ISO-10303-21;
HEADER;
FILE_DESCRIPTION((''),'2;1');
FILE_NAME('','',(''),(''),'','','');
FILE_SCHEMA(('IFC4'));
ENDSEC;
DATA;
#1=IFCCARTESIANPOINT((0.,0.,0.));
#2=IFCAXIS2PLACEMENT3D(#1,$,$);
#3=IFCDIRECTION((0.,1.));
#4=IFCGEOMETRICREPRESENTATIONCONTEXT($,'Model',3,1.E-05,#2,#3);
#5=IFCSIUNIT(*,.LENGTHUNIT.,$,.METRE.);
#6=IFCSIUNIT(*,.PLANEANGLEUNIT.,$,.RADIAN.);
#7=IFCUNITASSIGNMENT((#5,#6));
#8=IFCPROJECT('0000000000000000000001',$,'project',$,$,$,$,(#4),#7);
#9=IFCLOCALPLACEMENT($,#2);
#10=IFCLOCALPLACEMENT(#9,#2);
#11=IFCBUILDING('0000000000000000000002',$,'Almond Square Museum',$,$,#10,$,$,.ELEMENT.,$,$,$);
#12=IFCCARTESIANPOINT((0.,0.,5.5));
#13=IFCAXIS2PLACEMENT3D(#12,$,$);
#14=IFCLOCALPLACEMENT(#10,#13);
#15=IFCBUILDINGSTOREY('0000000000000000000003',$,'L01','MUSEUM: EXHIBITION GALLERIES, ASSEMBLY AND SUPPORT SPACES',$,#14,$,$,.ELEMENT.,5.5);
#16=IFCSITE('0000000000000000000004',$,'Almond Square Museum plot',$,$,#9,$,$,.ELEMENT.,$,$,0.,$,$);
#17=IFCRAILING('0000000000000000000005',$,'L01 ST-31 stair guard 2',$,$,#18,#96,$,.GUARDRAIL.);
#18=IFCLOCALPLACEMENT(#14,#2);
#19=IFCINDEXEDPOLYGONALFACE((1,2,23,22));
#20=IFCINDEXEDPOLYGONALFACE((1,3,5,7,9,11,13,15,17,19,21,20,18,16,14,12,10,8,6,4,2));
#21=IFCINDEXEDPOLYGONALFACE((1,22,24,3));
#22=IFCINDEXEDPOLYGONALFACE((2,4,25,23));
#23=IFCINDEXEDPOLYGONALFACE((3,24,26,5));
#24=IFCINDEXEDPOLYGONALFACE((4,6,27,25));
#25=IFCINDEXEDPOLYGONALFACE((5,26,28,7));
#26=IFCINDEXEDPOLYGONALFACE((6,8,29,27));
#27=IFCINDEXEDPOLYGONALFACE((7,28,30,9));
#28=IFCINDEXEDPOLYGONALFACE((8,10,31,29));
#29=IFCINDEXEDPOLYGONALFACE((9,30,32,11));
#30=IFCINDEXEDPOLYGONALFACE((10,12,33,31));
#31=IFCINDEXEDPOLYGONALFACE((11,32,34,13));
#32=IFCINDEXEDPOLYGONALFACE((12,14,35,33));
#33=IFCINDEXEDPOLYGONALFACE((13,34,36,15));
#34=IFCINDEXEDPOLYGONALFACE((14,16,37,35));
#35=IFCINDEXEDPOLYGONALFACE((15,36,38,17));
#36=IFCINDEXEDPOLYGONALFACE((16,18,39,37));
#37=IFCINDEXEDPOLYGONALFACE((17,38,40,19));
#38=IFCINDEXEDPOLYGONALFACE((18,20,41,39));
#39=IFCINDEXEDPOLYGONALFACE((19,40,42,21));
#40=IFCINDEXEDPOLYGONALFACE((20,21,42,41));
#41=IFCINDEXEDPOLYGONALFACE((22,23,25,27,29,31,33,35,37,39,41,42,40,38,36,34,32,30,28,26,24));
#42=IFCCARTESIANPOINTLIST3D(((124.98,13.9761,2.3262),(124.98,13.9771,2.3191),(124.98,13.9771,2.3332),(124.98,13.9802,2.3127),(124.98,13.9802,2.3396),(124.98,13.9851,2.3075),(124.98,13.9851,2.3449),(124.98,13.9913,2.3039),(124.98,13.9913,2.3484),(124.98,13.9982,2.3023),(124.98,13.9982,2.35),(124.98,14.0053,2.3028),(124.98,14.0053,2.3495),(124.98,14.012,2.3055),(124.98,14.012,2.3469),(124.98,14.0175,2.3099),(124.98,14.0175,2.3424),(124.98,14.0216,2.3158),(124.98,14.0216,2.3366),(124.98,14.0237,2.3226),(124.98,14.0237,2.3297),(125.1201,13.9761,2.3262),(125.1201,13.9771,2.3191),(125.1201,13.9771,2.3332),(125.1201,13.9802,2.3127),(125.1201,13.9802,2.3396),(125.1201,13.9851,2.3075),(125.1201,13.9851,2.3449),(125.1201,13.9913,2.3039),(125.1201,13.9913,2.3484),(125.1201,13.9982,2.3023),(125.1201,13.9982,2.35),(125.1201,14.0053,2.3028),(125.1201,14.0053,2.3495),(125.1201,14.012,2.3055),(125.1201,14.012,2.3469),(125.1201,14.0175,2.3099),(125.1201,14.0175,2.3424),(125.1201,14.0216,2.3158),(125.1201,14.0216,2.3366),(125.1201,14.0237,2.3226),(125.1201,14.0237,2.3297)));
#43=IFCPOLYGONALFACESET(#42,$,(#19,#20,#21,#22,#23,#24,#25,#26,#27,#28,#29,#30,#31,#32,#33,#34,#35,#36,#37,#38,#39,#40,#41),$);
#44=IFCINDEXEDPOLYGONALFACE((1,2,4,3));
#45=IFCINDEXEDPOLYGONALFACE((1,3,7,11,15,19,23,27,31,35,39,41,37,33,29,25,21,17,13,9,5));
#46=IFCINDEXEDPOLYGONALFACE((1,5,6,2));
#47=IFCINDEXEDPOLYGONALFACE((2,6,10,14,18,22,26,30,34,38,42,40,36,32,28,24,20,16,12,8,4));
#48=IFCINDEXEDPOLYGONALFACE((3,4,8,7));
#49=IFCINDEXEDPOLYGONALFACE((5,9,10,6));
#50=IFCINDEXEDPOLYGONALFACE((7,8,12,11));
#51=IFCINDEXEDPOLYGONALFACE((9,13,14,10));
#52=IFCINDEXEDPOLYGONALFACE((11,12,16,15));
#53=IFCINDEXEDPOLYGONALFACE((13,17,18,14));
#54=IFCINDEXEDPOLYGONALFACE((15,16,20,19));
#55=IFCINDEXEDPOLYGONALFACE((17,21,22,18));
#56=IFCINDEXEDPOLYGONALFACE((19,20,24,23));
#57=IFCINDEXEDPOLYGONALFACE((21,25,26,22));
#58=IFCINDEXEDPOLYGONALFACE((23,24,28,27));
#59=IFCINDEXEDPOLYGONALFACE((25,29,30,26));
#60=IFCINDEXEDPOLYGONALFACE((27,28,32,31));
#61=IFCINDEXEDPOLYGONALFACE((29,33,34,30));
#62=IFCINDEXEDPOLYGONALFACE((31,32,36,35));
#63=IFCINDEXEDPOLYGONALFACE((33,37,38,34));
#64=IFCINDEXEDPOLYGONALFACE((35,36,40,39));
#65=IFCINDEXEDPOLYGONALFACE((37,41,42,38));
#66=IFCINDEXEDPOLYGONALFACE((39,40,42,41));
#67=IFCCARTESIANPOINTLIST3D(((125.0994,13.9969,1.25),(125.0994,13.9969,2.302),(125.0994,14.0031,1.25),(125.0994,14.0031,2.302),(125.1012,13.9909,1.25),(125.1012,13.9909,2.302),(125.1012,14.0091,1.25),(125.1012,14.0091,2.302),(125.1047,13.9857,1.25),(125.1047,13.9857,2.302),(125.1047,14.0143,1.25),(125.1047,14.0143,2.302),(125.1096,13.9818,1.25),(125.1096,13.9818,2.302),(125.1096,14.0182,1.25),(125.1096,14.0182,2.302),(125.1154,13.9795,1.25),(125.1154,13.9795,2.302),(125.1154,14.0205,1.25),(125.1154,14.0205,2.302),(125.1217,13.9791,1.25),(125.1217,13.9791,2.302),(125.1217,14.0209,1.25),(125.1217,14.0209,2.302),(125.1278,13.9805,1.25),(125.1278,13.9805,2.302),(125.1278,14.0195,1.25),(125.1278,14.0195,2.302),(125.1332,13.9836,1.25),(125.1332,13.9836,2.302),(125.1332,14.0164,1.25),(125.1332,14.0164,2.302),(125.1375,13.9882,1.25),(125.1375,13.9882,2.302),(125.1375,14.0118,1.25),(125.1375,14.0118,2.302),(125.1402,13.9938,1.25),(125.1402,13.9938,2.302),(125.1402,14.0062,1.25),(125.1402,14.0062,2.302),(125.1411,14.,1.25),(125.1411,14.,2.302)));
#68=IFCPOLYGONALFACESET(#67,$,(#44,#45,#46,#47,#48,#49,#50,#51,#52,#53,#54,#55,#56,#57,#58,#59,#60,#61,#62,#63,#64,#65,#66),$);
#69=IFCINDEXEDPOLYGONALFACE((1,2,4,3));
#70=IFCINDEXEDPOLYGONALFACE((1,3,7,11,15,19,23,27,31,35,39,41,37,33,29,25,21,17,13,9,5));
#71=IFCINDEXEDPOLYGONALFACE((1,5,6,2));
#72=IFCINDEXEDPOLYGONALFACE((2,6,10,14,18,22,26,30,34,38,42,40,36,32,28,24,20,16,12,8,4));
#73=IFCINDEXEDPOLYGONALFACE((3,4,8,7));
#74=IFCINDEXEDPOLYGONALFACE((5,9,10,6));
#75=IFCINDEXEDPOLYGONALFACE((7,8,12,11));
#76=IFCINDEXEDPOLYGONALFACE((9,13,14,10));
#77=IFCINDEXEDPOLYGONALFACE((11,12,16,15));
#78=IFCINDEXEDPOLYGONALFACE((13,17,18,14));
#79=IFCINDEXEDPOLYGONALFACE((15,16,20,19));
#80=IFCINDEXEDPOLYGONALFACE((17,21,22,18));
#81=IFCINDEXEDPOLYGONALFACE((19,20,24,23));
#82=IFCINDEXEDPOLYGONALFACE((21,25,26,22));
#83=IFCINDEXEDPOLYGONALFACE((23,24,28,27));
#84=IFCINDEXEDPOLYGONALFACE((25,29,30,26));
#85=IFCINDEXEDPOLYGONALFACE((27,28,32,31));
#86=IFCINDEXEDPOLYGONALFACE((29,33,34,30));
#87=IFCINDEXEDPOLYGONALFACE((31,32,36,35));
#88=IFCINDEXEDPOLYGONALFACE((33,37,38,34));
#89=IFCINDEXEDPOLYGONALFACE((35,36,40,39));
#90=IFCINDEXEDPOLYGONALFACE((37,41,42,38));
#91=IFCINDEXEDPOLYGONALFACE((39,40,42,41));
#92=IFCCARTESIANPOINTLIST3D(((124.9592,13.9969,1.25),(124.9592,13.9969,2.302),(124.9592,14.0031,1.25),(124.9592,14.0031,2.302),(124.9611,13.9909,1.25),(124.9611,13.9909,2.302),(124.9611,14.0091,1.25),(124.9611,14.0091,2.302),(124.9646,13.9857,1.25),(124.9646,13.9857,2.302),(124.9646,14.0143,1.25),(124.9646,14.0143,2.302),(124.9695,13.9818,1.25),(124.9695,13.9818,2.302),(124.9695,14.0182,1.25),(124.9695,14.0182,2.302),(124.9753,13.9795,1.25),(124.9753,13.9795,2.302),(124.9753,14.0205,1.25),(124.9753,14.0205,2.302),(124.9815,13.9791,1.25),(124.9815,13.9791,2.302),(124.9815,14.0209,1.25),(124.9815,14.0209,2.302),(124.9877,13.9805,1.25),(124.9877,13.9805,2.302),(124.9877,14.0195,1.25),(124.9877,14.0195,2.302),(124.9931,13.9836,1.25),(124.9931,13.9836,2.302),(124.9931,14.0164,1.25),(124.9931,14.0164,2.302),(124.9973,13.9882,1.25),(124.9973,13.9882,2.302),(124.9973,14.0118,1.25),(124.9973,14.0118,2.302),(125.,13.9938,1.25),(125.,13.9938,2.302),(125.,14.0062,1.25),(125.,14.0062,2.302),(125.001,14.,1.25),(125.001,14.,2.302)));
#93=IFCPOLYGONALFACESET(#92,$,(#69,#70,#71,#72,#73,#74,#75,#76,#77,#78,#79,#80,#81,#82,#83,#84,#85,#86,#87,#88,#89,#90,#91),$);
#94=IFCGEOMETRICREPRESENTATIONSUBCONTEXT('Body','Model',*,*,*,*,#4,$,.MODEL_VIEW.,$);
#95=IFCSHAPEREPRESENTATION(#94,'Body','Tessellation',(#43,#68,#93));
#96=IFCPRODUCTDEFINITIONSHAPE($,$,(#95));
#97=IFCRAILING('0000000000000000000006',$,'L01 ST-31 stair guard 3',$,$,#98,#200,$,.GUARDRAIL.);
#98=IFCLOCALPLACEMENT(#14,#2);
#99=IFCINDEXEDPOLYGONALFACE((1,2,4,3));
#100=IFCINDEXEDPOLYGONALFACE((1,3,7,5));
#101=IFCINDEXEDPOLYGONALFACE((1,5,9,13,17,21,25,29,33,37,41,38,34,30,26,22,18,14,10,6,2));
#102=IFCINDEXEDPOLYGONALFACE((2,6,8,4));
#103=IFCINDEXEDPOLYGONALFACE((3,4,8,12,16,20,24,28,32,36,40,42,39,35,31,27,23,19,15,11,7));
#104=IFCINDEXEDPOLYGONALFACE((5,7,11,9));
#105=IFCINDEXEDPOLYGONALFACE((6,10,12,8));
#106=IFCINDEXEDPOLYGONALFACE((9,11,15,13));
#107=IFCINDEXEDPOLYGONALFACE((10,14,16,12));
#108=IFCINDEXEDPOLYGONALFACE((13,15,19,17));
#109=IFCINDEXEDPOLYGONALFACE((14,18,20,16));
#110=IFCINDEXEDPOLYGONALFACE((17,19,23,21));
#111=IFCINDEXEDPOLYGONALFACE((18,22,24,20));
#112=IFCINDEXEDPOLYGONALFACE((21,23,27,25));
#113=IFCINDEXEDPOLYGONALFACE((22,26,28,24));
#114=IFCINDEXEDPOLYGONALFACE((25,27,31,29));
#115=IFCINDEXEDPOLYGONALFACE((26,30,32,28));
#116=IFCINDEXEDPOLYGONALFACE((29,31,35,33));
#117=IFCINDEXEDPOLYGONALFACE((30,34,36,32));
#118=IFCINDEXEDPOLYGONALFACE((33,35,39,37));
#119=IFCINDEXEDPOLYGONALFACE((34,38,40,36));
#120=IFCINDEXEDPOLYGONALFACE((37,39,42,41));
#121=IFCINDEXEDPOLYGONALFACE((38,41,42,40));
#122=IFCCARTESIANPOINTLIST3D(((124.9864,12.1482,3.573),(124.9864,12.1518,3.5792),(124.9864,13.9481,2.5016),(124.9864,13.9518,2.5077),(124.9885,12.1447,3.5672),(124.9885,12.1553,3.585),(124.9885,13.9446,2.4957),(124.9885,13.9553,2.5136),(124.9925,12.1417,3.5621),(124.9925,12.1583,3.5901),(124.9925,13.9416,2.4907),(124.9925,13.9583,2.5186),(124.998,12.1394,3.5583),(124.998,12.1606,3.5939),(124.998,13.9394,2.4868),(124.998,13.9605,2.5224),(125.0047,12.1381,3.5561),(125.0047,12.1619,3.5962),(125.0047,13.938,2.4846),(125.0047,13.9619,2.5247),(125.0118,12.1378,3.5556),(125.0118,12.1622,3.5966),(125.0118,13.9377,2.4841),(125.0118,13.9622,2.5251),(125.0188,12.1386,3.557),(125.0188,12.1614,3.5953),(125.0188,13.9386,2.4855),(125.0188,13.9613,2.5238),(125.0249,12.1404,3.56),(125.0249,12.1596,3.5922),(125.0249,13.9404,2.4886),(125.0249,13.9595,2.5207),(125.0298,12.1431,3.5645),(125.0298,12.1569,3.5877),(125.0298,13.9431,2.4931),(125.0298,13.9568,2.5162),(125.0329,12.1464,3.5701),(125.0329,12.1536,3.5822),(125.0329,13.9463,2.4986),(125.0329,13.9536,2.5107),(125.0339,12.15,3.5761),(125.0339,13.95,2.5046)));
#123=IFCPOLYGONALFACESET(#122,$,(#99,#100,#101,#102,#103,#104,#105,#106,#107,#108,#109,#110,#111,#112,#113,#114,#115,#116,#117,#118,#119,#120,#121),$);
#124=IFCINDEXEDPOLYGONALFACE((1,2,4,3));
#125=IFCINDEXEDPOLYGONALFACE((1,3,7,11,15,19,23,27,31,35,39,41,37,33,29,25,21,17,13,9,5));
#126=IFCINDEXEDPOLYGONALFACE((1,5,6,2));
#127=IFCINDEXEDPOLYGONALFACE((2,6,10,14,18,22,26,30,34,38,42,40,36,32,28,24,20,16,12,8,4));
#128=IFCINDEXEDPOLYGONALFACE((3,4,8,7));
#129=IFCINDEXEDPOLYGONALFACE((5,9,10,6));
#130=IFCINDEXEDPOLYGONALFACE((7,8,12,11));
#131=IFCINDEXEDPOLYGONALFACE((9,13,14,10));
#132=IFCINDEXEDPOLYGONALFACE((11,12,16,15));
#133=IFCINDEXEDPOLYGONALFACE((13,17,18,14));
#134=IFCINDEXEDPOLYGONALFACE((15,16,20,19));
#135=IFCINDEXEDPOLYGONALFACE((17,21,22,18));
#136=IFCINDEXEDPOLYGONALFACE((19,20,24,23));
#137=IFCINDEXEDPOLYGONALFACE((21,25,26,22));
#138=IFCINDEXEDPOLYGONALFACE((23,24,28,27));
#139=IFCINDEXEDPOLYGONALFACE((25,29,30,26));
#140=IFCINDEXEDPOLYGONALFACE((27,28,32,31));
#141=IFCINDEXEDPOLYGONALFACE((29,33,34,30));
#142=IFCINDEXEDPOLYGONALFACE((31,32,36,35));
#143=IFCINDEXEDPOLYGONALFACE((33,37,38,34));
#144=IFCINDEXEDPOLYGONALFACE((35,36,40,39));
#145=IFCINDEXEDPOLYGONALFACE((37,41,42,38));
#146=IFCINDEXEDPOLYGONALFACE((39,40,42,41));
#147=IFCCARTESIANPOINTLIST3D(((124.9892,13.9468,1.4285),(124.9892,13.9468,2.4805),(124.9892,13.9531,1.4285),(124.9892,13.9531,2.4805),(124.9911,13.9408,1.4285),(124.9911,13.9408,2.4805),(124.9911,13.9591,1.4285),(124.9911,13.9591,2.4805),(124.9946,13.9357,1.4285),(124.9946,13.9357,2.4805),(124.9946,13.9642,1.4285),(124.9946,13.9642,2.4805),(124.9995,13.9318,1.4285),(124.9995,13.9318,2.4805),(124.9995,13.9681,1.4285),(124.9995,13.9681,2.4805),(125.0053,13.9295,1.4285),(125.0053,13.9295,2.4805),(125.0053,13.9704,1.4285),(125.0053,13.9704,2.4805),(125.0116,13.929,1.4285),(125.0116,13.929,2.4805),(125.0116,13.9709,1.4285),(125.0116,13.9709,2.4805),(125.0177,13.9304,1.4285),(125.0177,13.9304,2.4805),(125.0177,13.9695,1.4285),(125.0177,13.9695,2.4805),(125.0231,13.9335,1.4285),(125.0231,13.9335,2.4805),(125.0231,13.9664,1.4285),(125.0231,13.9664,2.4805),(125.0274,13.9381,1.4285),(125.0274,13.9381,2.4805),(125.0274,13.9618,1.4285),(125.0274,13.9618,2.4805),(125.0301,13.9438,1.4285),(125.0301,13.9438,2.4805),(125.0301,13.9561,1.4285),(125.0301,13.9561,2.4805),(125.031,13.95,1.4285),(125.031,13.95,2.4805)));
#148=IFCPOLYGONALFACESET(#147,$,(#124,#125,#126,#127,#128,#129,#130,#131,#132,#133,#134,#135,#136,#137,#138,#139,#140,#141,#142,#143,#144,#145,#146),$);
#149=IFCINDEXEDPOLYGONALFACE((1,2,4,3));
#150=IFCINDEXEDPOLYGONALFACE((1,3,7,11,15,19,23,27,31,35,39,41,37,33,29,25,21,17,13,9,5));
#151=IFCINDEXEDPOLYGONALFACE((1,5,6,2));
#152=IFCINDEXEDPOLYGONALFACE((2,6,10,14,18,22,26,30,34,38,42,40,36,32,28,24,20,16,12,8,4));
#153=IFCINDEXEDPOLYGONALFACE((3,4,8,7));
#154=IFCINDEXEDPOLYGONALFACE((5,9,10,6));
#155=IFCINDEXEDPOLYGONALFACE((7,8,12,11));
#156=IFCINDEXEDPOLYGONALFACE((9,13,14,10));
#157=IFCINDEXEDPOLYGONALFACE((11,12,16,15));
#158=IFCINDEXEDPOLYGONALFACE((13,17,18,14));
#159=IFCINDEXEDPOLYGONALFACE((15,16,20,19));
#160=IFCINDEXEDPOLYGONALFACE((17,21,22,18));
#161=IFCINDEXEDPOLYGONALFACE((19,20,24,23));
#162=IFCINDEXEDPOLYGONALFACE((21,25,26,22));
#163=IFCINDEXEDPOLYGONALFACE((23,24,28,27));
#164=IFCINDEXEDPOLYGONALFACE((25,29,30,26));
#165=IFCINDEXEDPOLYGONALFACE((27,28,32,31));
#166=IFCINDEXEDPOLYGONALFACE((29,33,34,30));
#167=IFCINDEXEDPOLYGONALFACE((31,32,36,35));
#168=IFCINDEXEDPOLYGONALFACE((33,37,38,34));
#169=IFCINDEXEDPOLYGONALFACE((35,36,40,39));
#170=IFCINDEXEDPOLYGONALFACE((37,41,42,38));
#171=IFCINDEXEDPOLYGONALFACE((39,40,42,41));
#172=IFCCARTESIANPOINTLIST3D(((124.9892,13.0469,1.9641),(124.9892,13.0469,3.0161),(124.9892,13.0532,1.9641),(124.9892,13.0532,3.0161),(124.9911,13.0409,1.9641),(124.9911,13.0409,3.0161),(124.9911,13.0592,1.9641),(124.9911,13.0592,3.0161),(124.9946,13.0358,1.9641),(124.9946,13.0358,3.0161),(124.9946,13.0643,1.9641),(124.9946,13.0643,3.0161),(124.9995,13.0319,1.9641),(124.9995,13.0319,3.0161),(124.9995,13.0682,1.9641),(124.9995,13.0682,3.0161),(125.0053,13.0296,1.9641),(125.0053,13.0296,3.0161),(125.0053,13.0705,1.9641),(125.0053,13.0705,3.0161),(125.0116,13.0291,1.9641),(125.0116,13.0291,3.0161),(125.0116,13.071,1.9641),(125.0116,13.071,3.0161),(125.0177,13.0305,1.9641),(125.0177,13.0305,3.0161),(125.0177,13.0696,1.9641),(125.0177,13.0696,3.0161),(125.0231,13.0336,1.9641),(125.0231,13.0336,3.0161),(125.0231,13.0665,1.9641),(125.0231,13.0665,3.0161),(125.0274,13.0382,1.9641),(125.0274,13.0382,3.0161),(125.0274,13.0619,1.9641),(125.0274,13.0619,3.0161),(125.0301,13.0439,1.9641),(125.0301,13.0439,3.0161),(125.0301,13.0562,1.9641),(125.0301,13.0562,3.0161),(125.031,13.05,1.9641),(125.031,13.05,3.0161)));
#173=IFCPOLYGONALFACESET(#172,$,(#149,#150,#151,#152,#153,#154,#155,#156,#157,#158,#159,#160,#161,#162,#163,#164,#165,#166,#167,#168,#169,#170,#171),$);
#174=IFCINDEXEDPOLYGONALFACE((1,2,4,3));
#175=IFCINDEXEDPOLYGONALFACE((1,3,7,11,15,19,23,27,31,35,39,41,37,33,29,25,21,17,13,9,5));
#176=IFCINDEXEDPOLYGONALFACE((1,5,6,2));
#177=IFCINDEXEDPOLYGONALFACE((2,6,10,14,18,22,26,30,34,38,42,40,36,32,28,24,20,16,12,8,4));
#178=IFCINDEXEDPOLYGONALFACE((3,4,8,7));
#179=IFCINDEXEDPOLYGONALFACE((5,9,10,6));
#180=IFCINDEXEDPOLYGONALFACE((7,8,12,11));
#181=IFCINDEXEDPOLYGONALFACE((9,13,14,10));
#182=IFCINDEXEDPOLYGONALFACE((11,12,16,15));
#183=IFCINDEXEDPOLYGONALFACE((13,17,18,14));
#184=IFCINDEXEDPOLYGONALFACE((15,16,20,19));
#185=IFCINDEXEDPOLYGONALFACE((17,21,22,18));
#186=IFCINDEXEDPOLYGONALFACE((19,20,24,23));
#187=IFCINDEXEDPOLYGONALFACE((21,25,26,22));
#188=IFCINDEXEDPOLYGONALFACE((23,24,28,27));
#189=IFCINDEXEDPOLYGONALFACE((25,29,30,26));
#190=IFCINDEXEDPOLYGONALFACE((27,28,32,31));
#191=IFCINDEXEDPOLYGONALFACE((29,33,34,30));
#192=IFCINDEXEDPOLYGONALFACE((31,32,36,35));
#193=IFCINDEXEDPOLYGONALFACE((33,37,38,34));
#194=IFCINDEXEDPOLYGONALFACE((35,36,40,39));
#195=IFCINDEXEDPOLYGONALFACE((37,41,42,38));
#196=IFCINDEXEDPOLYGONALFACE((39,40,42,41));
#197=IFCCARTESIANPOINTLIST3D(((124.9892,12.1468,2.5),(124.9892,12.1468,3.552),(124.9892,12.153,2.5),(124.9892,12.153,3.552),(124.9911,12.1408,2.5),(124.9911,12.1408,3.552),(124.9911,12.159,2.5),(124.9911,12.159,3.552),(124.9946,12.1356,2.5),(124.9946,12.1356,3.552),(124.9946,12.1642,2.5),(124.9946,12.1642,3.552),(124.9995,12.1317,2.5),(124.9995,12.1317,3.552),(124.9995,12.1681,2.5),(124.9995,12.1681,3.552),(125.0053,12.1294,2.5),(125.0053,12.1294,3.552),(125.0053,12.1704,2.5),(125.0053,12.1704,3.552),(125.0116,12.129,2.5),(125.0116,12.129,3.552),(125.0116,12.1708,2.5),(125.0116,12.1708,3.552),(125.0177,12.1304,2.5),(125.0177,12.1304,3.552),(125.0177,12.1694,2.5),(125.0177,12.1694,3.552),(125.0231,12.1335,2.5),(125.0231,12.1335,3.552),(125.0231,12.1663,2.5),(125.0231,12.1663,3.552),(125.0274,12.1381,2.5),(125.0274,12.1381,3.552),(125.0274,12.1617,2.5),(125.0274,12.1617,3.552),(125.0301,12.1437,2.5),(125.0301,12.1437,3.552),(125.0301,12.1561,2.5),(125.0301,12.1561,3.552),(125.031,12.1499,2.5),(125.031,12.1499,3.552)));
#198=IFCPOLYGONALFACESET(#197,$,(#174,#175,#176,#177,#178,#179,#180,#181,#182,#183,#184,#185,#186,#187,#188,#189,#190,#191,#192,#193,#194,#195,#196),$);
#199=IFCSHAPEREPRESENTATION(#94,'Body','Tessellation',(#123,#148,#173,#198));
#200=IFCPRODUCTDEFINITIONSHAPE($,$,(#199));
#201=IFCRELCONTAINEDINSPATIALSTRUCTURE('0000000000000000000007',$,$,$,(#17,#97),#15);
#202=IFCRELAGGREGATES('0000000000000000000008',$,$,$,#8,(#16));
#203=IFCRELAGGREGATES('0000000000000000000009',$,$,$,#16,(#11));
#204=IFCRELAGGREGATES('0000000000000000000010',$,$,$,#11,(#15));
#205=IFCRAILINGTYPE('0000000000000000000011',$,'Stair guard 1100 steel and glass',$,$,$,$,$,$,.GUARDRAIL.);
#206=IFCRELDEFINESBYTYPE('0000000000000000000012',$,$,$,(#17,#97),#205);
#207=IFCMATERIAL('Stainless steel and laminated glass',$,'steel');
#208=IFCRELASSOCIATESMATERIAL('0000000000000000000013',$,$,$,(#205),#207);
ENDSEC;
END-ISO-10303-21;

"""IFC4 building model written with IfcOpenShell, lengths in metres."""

from ifc_helpers import new_model, si_unit, direction, frame, origin, origin_2d, place, context, subcontext, project, spatial, circle, extrude, material, type_object, element, save


model = new_model("IFC4")

# Units and contexts
model_context = context("Model", 3, precision=1e-05, world=origin(), true_north=direction((0.0, 1.0)))
body_context = subcontext(model_context, "Body", "Model", "MODEL_VIEW")
ifc_project = project(units=[si_unit("LENGTHUNIT", "METRE"), si_unit("PLANEANGLEUNIT", "RADIAN")], contexts=[model_context])

# Site, building, storey
site_placement = place(None, origin())
site = spatial("IfcSite", under=ifc_project, at=site_placement, Name="Almond Square Museum plot", CompositionType="ELEMENT", RefElevation=0.0)
building_placement = place(site_placement, origin())
building = spatial("IfcBuilding", under=site, at=building_placement, Name="Almond Square Museum", CompositionType="ELEMENT")
storey_placement = place(building_placement, frame((0.0, 0.0, 5.5)))
storey = spatial("IfcBuildingStorey", under=building, at=storey_placement, Name="L01", Description="MUSEUM: EXHIBITION GALLERIES, ASSEMBLY AND SUPPORT SPACES", CompositionType="ELEMENT", Elevation=5.5)

# Railings
ifc_material_1 = material(Name="Stainless steel and laminated glass", Category="steel")
railing_type_1 = type_object("IfcRailingType", Name="Stair guard 1100 steel and glass", PredefinedType="GUARDRAIL", material=ifc_material_1)
railing_1_placement = place(storey_placement, frame((125.1201, 14.0, 1.25)))
element("IfcRailing", 1, at=railing_1_placement, inside=storey, type_object=railing_type_1, Name="L01 ST-31 stair guard 2", PredefinedType="GUARDRAIL", context=body_context, shape_type="SweptSolid", body=[
    extrude(circle(Radius=0.0239, at=origin_2d()), frame((0.0, 0.0, 1.0762), z_axis=(-1.0, 0.0, 0.0), x_axis=(0.0, -1.0, 0.0)), (0.0, 0.0, 1.0), 0.1401),
    extrude(circle(Radius=0.021, at=origin_2d()), origin(), (0.0, 0.0, 1.0), 1.052),
    extrude(circle(Radius=0.021, at=origin_2d()), frame((-0.1401, 0.0, 0.0)), (0.0, 0.0, 1.0), 1.052),
])
railing_2_placement = place(storey_placement, frame((125.01, 13.95, 1.4285)))
element("IfcRailing", 2, at=railing_2_placement, inside=storey, type_object=railing_type_1, Name="L01 ST-31 stair guard 3", PredefinedType="GUARDRAIL", context=body_context, shape_type="SweptSolid", body=[
    extrude(circle(Radius=0.0239, at=origin_2d()), frame((0.0, 0.0, 1.0762), z_axis=(0.0, -0.859277, 0.51151), x_axis=(1.0, 0.0, 0.0)), (0.0, 0.0, 1.0), 2.0947),
    extrude(circle(Radius=0.021, at=origin_2d()), origin(), (0.0, 0.0, 1.0), 1.052),
    extrude(circle(Radius=0.021, at=origin_2d()), frame((0.0, -0.8999, 0.5356)), (0.0, 0.0, 1.0), 1.052),
    extrude(circle(Radius=0.021, at=origin_2d()), frame((0.0, -1.8, 1.0715)), (0.0, 0.0, 1.0), 1.052),
])

save(model, "model.ifc")
